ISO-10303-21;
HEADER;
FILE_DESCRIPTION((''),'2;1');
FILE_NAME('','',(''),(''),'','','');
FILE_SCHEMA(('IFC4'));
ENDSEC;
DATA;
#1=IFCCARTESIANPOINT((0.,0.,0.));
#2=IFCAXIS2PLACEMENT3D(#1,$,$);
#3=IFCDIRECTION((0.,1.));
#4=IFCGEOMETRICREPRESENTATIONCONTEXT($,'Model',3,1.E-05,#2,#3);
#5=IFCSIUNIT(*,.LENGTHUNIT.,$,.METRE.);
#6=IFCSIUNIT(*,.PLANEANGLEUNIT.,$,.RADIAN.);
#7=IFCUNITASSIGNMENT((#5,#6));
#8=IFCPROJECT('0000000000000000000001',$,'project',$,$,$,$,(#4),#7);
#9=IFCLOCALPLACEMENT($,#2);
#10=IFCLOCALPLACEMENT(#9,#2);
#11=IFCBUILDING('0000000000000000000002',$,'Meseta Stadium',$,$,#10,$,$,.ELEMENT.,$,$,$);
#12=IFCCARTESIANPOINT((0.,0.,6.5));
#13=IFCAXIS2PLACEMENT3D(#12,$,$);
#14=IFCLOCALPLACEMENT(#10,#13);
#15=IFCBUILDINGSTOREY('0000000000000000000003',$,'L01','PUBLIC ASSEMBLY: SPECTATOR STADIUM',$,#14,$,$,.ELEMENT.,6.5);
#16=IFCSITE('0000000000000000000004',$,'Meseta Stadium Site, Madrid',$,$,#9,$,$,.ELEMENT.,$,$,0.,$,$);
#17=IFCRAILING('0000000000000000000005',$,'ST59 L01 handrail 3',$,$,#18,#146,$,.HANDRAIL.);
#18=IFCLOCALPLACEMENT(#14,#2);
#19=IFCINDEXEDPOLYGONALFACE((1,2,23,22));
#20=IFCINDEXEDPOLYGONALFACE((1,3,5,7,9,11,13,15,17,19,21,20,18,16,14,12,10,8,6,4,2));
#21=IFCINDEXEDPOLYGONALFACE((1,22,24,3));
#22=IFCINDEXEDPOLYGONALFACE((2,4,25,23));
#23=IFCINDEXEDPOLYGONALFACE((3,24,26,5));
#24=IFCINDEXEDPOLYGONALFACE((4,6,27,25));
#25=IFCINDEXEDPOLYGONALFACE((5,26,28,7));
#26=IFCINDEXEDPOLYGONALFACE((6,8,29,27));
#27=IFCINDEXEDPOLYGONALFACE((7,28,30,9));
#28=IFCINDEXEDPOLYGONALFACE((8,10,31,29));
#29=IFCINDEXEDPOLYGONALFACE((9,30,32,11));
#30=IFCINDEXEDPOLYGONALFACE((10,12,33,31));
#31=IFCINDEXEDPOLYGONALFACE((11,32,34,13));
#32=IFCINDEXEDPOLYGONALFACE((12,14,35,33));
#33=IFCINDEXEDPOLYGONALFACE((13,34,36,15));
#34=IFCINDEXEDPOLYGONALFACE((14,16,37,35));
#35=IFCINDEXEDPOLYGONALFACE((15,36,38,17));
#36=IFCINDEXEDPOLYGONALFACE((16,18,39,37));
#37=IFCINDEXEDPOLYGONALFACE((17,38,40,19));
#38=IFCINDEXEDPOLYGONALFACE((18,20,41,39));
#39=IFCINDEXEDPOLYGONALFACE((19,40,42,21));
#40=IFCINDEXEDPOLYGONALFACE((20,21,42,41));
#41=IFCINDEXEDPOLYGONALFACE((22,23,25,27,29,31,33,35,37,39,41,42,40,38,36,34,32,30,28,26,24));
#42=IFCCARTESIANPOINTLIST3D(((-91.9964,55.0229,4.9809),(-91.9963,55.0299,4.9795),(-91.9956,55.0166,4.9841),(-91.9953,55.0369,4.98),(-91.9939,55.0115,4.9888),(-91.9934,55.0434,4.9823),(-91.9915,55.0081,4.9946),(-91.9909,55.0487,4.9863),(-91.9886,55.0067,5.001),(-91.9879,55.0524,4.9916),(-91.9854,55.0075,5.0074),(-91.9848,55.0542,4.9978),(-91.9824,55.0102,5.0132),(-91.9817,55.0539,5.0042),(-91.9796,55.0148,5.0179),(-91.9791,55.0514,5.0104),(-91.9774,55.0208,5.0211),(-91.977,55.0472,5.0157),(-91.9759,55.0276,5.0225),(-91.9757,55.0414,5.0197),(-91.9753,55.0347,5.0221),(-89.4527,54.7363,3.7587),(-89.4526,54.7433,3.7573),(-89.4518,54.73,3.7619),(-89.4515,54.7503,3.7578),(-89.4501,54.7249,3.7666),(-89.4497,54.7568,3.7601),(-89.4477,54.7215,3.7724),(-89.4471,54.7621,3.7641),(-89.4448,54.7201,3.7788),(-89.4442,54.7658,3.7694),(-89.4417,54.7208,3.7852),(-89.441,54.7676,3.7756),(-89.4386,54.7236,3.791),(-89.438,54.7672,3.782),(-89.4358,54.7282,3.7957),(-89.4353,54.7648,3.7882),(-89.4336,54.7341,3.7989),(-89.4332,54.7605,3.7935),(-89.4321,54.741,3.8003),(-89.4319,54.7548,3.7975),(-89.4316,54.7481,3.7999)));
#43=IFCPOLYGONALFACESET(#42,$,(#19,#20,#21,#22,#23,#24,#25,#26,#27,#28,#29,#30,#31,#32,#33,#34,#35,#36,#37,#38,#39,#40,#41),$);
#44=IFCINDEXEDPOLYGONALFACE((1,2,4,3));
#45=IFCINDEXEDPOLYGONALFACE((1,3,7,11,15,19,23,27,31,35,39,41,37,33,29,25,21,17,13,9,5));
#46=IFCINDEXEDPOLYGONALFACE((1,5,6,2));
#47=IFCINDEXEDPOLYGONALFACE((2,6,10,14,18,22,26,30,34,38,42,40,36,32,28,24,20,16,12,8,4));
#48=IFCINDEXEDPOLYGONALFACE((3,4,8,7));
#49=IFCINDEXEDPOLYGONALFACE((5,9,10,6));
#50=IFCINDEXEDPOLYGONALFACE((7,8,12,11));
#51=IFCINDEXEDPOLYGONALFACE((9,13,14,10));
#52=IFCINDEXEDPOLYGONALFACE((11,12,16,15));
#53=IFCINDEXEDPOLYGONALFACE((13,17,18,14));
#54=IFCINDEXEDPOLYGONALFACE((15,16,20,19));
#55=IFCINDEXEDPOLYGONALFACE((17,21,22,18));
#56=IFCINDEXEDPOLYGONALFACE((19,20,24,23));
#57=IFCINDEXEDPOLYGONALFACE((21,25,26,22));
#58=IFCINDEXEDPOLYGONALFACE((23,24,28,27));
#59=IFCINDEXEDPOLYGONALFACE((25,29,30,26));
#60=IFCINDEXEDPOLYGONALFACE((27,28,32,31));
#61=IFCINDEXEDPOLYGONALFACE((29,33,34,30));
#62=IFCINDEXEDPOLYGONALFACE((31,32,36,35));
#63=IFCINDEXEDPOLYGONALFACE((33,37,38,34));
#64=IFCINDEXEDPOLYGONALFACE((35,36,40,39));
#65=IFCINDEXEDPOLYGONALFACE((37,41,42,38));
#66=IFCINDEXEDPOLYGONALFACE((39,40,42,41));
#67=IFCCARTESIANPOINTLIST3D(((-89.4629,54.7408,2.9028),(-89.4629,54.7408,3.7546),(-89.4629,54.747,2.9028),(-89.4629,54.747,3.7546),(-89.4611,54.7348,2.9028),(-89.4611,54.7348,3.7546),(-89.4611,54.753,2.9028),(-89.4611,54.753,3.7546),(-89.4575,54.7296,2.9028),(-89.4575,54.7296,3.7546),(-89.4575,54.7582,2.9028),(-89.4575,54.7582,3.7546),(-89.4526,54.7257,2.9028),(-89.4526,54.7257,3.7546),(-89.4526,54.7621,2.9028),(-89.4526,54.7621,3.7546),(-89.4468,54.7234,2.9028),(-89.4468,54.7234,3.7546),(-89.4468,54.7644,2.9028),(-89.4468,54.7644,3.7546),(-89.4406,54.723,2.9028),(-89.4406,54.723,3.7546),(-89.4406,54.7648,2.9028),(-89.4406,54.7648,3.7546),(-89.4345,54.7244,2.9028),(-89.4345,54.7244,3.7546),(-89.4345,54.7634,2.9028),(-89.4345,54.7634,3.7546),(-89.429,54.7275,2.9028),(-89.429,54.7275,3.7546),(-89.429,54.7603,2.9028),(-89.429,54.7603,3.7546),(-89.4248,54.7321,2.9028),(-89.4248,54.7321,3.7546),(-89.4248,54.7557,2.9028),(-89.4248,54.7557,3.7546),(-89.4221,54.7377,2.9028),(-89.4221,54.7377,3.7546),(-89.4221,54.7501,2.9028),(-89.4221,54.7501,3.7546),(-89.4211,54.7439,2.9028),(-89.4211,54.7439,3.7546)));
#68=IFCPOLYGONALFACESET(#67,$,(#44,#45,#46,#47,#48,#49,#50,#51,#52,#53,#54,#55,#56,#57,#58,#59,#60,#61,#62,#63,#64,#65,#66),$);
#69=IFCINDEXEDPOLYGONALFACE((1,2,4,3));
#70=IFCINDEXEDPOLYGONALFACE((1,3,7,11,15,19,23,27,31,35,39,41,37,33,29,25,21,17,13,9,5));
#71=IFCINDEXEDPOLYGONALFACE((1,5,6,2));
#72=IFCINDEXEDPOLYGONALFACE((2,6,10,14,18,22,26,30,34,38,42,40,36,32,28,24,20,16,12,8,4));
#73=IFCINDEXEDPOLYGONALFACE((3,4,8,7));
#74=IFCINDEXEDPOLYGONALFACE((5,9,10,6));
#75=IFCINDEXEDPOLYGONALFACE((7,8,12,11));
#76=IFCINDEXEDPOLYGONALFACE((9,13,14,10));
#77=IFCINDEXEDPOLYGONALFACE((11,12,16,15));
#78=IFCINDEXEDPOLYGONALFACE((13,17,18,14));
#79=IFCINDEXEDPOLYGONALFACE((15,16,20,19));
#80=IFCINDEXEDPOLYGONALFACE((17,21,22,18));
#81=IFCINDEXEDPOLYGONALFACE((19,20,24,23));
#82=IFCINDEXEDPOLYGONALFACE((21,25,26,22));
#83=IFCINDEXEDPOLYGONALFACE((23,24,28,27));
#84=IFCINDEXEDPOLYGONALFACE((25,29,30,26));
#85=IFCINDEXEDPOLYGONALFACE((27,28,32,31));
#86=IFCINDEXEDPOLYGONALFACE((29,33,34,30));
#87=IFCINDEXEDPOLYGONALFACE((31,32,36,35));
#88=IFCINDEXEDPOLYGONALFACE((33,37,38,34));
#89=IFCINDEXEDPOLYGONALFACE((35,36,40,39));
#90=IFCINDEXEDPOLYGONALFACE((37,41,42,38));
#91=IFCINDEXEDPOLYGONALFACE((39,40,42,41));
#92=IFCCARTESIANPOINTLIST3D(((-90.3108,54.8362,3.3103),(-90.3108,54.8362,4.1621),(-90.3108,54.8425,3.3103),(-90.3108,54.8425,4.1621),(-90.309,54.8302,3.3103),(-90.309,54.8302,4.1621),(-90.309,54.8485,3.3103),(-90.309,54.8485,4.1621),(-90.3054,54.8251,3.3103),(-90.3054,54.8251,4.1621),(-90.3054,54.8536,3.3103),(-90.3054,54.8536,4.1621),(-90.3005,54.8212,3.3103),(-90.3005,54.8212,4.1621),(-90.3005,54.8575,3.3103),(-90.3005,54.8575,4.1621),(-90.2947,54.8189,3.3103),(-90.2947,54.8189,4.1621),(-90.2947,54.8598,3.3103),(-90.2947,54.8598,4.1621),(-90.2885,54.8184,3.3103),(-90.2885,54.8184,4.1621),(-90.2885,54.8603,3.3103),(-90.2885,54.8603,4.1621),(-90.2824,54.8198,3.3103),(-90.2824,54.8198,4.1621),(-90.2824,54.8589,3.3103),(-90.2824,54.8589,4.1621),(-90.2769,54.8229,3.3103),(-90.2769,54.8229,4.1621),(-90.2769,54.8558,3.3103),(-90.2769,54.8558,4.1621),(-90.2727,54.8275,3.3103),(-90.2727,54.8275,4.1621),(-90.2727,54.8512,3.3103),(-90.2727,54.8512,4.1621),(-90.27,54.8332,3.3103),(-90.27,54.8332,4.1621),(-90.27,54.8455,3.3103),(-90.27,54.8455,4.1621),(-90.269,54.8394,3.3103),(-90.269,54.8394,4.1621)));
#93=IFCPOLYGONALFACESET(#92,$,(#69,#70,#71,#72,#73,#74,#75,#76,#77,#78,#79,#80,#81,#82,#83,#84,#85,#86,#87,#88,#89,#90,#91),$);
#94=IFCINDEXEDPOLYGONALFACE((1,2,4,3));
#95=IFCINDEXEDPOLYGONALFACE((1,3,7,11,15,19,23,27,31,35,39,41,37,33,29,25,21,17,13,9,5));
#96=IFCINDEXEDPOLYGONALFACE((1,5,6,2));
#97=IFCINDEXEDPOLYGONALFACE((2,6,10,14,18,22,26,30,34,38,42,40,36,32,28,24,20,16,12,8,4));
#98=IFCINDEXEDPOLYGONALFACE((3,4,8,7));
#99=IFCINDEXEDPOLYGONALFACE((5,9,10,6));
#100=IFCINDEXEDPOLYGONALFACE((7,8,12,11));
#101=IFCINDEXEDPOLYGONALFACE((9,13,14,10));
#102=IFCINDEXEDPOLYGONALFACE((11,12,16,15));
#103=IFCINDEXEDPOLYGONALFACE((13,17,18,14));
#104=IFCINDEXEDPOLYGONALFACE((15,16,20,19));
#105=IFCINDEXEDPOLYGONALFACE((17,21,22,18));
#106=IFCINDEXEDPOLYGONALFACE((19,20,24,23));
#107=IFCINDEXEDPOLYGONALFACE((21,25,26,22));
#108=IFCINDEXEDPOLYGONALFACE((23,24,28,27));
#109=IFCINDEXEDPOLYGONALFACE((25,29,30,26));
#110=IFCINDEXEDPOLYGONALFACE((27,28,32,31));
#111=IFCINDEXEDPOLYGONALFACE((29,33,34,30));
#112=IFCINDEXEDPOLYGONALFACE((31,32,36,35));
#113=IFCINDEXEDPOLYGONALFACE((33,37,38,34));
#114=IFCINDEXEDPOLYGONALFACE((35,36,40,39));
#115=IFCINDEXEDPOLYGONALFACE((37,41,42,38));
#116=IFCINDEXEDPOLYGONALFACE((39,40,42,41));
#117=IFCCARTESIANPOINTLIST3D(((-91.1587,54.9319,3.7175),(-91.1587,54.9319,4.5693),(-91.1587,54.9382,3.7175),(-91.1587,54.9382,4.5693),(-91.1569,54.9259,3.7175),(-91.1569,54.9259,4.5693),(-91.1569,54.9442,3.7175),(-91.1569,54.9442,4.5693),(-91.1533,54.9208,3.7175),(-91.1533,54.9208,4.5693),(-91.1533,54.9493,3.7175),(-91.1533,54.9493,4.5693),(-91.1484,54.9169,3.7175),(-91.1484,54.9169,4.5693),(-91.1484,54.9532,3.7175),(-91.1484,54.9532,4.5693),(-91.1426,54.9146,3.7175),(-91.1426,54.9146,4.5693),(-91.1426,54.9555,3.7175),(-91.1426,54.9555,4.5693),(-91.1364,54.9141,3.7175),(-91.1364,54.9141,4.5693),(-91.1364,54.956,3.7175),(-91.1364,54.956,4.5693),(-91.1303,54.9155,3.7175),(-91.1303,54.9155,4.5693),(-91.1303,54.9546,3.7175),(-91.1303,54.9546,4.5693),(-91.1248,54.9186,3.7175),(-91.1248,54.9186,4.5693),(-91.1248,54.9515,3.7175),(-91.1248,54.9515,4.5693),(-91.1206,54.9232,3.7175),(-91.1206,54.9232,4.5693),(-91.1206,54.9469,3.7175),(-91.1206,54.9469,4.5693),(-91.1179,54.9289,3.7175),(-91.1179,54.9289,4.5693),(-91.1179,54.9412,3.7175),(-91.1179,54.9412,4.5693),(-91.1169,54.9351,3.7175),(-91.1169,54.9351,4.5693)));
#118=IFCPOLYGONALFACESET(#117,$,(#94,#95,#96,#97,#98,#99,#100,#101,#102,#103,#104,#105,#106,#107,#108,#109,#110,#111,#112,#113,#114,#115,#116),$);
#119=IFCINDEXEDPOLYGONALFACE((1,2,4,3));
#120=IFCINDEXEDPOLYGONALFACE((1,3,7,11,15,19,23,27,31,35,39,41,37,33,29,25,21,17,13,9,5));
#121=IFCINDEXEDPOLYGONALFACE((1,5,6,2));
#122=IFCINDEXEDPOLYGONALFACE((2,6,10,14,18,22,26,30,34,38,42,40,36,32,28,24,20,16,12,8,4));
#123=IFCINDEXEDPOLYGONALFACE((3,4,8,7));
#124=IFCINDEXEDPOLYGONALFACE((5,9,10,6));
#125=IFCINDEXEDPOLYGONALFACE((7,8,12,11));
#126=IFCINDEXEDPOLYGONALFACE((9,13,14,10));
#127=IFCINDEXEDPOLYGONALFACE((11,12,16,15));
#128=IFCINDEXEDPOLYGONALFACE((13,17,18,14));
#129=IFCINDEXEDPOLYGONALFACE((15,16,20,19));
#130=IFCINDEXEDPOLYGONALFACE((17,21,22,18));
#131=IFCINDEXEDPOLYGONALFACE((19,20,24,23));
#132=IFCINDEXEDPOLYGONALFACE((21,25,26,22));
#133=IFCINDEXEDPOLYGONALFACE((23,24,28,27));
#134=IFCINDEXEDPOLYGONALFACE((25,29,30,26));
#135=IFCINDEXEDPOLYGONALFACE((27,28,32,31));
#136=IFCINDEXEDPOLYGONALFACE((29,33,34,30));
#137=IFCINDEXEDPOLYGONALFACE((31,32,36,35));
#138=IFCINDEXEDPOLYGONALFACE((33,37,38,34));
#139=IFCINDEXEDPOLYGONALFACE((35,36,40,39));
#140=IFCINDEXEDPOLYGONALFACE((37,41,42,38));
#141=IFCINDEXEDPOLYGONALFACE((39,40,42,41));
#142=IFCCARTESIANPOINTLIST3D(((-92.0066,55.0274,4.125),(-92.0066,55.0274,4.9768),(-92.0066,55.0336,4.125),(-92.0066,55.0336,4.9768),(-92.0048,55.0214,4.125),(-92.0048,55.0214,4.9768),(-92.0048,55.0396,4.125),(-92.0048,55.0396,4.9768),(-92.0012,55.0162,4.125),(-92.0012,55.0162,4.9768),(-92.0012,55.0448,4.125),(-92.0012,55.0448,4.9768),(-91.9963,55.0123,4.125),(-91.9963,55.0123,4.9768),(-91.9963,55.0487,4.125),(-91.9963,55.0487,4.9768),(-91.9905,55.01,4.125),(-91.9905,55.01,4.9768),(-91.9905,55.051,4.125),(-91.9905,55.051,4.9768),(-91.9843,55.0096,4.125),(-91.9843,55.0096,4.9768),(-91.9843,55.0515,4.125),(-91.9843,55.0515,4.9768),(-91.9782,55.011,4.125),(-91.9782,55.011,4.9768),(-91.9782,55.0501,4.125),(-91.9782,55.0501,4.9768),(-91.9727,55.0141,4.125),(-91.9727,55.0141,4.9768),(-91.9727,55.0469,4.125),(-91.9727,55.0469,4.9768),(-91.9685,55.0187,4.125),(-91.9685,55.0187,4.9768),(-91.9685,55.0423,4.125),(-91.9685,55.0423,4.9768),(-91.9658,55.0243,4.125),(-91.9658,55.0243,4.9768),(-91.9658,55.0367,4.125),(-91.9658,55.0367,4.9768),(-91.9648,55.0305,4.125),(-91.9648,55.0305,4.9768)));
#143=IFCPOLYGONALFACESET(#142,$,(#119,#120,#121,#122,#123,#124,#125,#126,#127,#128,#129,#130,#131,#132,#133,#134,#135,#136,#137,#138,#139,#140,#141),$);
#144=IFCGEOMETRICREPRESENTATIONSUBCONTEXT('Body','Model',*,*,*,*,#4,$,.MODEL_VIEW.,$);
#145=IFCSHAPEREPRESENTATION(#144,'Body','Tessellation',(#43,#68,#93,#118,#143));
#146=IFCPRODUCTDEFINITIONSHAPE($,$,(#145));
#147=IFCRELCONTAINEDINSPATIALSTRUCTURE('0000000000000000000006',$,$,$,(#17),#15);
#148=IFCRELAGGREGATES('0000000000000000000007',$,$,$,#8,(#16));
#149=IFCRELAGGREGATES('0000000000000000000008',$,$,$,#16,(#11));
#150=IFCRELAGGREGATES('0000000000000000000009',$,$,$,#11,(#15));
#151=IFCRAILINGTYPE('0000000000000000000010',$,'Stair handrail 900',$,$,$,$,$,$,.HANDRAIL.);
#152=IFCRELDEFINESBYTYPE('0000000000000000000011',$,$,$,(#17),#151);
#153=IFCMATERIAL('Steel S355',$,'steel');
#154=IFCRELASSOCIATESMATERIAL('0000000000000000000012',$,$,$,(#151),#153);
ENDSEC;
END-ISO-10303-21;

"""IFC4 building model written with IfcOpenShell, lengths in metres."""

from ifc_helpers import new_model, si_unit, direction, frame, origin, origin_2d, place, context, subcontext, project, spatial, circle, extrude, material, type_object, element, save


model = new_model("IFC4")

# Units and contexts
model_context = context("Model", 3, precision=1e-05, world=origin(), true_north=direction((0.0, 1.0)))
body_context = subcontext(model_context, "Body", "Model", "MODEL_VIEW")
ifc_project = project(units=[si_unit("LENGTHUNIT", "METRE"), si_unit("PLANEANGLEUNIT", "RADIAN")], contexts=[model_context])

# Site, building, storey
site_placement = place(None, origin())
site = spatial("IfcSite", under=ifc_project, at=site_placement, Name="Meseta Stadium Site, Madrid", CompositionType="ELEMENT", RefElevation=0.0)
building_placement = place(site_placement, origin())
building = spatial("IfcBuilding", under=site, at=building_placement, Name="Meseta Stadium", CompositionType="ELEMENT")
storey_placement = place(building_placement, frame((0.0, 0.0, 6.5)))
storey = spatial("IfcBuildingStorey", under=building, at=storey_placement, Name="L01", Description="PUBLIC ASSEMBLY: SPECTATOR STADIUM", CompositionType="ELEMENT", Elevation=6.5)

# Railing
ifc_material_1 = material(Name="Steel S355", Category="steel")
railing_type_1 = type_object("IfcRailingType", Name="Stair handrail 900", PredefinedType="HANDRAIL", material=ifc_material_1)
for number, where, name in (
    (1, (-89.4421, 54.7439, 2.9028), "ST59 L01 handrail 3"),
):
    element("IfcRailing", number, at=place(storey_placement, frame(where)), inside=storey, type_object=railing_type_1, Name=name, PredefinedType="HANDRAIL", context=body_context, shape_type="SweptSolid", body=[
        extrude(circle(Radius=0.0239, at=origin_2d()), frame((0.0, 0.0, 0.876), z_axis=(-0.896745, 0.101044, 0.430858), x_axis=(-0.11197, -0.993712, 0.0)), (0.0, 0.0, 1.0), 2.8367),
        extrude(circle(Radius=0.021, at=origin_2d()), origin(), (0.0, 0.0, 1.0), 0.8518),
        extrude(circle(Radius=0.021, at=origin_2d()), frame((-0.8479, 0.0955, 0.4075)), (0.0, 0.0, 1.0), 0.8518),
        extrude(circle(Radius=0.021, at=origin_2d()), frame((-1.6958, 0.1912, 0.8147)), (0.0, 0.0, 1.0), 0.8518),
        extrude(circle(Radius=0.021, at=origin_2d()), frame((-2.5437, 0.2866, 1.2222)), (0.0, 0.0, 1.0), 0.8518),
    ])

save(model, "model.ifc")
